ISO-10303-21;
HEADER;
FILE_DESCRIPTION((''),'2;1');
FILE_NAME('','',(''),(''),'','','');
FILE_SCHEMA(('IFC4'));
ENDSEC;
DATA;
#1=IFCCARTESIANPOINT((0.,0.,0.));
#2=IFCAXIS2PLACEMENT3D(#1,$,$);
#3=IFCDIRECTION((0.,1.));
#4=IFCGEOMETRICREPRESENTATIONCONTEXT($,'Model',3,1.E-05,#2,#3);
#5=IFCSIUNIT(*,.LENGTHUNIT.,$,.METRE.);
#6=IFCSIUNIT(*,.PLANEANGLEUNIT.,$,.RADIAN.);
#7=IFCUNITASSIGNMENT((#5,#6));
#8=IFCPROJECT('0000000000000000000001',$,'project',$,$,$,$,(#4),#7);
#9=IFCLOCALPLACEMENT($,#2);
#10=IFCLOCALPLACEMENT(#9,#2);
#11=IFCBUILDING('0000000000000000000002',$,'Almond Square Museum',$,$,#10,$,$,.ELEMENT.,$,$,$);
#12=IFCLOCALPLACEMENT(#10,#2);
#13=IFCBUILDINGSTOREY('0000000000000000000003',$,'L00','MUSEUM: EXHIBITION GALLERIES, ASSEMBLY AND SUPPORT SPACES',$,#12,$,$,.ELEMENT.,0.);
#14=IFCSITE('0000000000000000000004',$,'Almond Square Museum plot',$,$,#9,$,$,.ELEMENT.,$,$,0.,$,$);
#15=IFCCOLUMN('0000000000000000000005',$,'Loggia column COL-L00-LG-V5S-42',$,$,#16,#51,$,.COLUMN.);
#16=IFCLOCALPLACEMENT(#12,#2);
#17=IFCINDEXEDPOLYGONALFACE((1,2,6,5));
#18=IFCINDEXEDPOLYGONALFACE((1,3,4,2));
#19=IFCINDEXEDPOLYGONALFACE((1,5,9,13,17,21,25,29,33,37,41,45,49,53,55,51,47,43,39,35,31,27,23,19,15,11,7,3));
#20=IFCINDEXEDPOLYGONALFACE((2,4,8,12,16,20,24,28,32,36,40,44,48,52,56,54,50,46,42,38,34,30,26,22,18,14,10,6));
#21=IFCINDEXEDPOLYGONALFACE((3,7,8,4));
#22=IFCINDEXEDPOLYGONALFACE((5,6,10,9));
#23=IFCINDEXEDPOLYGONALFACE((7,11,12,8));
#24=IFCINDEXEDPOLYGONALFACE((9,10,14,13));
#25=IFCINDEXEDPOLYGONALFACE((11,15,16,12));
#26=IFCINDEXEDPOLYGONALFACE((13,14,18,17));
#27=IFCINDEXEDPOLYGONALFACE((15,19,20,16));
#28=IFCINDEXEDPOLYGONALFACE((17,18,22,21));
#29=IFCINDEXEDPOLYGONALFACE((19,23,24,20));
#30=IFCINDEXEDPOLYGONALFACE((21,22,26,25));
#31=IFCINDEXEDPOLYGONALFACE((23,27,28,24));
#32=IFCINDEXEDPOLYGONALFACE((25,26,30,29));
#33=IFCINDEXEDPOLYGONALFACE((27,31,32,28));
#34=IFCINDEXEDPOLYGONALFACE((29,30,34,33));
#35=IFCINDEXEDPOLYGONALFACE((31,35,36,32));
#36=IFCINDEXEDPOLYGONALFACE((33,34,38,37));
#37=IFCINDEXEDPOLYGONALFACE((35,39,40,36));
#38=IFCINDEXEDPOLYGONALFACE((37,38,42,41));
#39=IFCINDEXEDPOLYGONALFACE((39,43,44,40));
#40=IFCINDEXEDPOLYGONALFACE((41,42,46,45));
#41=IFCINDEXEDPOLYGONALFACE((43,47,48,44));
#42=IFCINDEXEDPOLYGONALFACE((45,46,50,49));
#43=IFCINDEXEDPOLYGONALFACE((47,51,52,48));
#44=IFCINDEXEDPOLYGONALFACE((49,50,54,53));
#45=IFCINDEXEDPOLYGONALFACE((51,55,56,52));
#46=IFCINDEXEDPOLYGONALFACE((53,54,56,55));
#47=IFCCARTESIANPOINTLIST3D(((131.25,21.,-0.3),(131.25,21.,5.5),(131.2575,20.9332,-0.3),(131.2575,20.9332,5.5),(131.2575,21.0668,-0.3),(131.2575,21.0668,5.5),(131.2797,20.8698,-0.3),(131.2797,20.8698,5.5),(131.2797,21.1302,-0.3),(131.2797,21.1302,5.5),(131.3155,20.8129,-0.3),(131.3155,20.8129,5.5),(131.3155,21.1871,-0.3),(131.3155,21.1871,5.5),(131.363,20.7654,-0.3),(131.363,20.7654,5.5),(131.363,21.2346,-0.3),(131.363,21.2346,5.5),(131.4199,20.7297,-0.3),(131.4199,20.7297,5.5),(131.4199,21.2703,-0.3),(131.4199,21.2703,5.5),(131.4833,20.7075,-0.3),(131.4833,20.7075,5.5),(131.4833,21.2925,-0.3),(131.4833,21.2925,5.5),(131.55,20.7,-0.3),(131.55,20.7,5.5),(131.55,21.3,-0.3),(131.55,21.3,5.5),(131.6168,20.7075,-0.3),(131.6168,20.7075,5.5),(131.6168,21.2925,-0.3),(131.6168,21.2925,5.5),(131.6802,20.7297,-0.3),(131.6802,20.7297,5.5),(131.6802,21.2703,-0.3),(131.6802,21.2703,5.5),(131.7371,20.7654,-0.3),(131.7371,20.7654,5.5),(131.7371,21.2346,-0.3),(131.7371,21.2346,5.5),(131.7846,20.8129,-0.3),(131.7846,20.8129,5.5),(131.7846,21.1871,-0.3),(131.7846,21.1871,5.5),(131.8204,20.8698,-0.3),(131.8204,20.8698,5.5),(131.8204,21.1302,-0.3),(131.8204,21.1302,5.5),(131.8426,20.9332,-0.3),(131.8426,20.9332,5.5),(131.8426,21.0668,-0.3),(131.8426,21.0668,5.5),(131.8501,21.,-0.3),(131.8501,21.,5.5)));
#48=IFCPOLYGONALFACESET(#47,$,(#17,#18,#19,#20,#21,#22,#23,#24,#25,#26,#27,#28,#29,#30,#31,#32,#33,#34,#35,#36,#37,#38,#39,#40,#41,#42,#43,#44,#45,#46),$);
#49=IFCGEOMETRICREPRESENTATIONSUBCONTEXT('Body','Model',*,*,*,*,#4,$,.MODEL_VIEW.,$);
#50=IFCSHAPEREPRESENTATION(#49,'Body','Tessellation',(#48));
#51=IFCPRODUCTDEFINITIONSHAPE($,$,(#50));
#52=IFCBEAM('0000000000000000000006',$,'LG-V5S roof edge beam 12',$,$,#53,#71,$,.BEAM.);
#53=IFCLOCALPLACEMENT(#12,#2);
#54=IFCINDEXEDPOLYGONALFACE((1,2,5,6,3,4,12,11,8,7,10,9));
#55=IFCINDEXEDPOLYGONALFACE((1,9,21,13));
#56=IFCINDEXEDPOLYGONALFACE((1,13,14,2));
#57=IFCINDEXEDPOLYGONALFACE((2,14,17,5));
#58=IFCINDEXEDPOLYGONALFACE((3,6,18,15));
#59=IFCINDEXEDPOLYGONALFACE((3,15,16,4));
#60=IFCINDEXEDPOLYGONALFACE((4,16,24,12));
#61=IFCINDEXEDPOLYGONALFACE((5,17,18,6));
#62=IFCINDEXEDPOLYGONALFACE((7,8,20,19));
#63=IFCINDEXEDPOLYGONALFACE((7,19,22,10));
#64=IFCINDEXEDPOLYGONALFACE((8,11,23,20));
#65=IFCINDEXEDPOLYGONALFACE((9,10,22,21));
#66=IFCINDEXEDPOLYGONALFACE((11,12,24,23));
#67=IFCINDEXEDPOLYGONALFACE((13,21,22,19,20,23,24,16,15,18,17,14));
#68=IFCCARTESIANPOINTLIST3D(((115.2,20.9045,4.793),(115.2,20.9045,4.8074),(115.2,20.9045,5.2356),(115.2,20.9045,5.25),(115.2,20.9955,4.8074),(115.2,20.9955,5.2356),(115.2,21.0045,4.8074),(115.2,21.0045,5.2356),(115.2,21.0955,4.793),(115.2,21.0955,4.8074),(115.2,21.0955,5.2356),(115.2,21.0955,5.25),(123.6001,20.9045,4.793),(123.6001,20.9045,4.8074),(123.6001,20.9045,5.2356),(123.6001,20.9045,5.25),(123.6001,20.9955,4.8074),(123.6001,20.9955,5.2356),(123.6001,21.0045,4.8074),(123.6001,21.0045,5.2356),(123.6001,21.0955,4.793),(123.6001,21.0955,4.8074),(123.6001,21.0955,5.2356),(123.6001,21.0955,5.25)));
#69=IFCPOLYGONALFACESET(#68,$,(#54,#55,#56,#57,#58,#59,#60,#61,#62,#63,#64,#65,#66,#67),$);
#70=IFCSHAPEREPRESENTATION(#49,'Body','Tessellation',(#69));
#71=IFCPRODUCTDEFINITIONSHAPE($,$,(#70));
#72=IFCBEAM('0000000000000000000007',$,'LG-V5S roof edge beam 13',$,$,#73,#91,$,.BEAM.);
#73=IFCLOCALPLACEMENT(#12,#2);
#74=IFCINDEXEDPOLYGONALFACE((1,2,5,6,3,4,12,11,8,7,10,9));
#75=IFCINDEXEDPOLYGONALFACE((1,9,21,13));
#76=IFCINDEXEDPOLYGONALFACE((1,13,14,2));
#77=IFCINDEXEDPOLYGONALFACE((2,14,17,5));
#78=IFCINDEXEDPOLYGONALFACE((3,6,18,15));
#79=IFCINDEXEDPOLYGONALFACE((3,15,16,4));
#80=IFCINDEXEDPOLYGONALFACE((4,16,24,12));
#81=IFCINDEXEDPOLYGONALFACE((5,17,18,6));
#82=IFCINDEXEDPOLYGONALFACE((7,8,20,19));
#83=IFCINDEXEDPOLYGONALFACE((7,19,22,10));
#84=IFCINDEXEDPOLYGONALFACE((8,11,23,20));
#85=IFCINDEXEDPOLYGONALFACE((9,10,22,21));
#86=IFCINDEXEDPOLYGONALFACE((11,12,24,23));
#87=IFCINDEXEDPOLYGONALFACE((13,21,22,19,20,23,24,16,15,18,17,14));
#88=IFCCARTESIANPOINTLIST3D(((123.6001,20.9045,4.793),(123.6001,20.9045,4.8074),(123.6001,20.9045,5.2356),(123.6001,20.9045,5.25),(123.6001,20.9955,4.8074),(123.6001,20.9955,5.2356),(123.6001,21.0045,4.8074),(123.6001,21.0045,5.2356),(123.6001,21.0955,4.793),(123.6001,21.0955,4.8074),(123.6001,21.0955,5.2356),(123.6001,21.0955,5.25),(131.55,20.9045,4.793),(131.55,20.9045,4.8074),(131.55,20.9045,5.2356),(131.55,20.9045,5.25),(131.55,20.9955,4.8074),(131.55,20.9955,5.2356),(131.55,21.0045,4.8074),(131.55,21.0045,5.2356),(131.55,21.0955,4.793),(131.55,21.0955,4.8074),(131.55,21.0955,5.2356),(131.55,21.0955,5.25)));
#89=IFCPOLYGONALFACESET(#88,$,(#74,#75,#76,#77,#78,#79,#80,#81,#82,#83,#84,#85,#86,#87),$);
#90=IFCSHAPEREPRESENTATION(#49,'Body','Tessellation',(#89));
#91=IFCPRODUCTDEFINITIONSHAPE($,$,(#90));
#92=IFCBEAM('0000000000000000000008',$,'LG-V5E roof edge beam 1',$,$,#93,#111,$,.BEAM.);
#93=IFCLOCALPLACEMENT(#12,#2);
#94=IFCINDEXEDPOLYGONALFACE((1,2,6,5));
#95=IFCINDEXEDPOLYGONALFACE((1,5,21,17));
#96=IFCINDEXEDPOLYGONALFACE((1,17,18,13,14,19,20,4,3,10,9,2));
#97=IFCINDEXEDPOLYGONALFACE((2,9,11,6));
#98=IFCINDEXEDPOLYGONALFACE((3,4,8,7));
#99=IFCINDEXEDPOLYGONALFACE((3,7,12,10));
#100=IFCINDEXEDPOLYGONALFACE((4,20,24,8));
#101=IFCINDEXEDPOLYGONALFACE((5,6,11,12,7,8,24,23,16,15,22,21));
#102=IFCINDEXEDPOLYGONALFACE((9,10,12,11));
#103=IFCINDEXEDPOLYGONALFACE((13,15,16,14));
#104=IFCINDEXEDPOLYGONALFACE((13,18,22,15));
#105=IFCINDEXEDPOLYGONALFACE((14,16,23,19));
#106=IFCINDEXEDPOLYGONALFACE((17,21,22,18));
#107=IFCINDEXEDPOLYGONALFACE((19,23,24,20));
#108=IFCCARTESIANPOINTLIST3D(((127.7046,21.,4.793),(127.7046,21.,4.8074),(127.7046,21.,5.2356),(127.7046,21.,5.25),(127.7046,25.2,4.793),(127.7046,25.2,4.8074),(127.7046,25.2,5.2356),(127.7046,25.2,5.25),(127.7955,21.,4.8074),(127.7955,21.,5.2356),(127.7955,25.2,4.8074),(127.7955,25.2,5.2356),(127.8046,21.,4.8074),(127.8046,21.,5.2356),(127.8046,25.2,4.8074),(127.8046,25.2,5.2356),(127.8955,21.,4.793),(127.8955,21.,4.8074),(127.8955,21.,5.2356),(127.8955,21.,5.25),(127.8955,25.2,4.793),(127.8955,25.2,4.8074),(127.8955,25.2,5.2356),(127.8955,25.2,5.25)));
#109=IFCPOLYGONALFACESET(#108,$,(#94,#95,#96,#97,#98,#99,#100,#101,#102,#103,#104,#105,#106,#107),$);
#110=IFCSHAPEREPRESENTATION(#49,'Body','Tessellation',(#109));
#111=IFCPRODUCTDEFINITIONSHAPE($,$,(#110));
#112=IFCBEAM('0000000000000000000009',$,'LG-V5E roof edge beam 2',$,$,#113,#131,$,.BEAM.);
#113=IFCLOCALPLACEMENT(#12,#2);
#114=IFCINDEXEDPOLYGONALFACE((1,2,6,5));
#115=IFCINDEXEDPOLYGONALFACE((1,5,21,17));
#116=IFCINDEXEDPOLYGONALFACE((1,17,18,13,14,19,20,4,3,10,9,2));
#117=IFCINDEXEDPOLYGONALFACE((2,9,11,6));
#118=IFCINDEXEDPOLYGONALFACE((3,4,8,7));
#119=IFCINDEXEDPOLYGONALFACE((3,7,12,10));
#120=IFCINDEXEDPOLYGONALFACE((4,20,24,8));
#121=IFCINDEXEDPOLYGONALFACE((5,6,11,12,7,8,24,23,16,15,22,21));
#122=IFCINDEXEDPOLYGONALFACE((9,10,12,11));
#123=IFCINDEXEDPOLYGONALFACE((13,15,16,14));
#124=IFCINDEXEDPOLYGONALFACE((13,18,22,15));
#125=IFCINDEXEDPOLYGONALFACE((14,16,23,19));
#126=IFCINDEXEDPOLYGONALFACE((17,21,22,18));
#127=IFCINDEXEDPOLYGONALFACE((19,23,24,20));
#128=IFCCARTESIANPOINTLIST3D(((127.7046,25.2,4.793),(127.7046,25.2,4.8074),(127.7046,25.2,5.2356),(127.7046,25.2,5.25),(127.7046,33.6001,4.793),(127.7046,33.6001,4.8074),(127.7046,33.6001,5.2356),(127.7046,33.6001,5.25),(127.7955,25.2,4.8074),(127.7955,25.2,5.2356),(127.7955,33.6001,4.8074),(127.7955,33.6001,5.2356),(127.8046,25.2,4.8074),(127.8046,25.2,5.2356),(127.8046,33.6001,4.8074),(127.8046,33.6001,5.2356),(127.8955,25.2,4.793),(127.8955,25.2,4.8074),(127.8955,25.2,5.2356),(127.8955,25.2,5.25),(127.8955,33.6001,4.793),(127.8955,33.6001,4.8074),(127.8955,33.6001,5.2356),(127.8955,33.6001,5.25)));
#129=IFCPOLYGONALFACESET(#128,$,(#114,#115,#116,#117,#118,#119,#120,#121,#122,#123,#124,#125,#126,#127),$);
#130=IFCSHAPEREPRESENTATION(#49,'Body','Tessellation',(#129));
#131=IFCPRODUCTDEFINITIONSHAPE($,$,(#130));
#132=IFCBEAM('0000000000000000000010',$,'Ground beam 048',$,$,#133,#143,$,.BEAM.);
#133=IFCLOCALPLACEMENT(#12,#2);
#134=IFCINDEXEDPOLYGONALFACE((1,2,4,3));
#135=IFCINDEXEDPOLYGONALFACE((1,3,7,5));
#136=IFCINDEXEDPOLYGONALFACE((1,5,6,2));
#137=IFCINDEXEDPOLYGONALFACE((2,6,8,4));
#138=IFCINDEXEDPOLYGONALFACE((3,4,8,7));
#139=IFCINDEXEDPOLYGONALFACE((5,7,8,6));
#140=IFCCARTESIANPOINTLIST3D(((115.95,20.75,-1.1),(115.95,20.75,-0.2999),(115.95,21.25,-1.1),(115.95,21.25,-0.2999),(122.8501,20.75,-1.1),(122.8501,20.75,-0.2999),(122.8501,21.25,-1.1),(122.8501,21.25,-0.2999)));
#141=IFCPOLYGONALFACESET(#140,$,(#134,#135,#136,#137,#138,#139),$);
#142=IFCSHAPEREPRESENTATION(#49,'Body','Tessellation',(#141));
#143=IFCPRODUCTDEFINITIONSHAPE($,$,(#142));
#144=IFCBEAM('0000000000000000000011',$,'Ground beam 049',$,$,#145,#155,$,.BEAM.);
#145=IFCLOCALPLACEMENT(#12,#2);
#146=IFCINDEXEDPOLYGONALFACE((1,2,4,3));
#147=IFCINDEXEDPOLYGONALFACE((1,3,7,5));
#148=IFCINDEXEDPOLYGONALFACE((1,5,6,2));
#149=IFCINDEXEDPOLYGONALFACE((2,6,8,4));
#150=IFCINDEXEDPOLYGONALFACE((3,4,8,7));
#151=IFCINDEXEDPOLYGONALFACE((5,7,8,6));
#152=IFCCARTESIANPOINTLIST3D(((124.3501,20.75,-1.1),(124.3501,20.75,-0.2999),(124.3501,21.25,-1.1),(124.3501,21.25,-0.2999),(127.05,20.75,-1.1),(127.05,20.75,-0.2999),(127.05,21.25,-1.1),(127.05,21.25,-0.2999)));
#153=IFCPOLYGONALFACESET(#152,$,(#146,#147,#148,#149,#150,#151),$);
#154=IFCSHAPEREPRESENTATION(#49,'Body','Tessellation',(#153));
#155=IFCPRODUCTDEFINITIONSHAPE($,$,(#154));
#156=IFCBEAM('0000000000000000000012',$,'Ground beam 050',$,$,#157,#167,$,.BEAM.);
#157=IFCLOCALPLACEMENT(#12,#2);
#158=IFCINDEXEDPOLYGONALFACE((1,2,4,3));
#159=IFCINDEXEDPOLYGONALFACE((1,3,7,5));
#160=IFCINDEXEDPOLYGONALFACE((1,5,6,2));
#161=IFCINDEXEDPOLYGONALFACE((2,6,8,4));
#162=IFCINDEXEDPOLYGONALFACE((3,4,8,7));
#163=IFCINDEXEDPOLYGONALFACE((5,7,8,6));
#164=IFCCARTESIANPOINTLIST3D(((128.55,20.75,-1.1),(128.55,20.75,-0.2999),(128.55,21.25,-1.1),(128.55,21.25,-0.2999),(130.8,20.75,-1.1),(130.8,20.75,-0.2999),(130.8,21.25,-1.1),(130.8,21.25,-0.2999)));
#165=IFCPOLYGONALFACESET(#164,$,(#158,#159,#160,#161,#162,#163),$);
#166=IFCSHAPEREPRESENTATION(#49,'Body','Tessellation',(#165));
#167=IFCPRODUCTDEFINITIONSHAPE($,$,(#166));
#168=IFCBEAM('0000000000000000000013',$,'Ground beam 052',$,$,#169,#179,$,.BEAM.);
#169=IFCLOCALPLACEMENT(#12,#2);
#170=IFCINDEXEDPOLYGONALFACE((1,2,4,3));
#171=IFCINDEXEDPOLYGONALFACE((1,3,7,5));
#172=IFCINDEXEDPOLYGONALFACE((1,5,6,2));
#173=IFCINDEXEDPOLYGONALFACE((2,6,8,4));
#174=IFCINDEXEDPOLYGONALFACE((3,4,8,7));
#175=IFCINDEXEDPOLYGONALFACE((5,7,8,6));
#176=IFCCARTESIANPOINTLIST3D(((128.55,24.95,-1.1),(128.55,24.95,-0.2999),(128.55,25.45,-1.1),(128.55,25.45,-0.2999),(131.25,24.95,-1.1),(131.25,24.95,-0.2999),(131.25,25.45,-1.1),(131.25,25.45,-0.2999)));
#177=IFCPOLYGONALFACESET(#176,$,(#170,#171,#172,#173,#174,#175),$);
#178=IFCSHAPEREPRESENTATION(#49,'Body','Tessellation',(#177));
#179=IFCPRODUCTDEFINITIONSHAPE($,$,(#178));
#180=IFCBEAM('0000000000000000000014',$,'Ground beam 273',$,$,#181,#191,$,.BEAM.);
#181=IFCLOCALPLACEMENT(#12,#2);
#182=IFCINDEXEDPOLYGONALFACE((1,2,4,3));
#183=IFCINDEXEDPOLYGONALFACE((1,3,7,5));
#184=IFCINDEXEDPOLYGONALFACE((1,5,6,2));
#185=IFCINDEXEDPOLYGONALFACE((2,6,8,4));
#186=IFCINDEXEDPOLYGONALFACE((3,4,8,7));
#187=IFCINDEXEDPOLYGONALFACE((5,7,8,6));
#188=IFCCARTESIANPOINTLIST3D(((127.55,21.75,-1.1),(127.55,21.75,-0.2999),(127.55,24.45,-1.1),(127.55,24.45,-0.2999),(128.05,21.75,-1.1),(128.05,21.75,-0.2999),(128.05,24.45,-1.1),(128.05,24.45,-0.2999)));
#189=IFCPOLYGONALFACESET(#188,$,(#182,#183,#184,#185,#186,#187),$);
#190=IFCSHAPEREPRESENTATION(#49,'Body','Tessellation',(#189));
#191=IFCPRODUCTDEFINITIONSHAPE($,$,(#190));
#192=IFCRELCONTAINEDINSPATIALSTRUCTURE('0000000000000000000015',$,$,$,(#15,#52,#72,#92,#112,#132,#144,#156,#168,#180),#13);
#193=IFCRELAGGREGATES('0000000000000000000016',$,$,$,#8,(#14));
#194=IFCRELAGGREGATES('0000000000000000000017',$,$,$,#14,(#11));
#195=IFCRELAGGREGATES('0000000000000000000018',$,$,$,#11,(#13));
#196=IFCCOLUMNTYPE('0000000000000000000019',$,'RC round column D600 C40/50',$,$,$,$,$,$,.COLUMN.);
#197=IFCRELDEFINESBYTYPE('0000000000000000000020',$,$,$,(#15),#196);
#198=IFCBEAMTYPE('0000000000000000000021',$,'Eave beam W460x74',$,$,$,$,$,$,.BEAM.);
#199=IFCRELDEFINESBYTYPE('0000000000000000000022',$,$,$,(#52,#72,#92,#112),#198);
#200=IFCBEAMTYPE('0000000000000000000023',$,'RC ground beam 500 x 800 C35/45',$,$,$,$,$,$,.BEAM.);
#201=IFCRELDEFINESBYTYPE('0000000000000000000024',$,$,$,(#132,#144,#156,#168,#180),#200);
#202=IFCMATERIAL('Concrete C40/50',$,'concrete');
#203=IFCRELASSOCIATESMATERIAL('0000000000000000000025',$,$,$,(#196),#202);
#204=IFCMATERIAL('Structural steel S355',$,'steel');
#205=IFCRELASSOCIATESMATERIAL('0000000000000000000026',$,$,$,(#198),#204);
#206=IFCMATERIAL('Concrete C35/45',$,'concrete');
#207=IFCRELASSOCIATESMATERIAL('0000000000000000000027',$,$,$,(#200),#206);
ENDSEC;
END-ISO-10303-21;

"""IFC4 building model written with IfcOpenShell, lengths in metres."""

from ifc_helpers import new_model, si_unit, direction, frame, origin, origin_2d, place, context, subcontext, project, spatial, rectangle, circle, i_section, extrude, material, material_profile, profile_set, type_object, element, save


model = new_model("IFC4")

# Units and contexts
model_context = context("Model", 3, precision=1e-05, world=origin(), true_north=direction((0.0, 1.0)))
body_context = subcontext(model_context, "Body", "Model", "MODEL_VIEW")
ifc_project = project(units=[si_unit("LENGTHUNIT", "METRE"), si_unit("PLANEANGLEUNIT", "RADIAN")], contexts=[model_context])

# Site, building, storey
site_placement = place(None, origin())
site = spatial("IfcSite", under=ifc_project, at=site_placement, Name="Almond Square Museum plot", CompositionType="ELEMENT", RefElevation=0.0)
building_placement = place(site_placement, origin())
building = spatial("IfcBuilding", under=site, at=building_placement, Name="Almond Square Museum", CompositionType="ELEMENT")
storey_placement = place(building_placement, origin())
storey = spatial("IfcBuildingStorey", under=building, at=storey_placement, Name="L00", Description="MUSEUM: EXHIBITION GALLERIES, ASSEMBLY AND SUPPORT SPACES", CompositionType="ELEMENT", Elevation=0.0)

# Column
ifc_material_1 = material(Name="Concrete C40/50", Category="concrete")
ifc_material_profile_1 = material_profile(ifc_material_1, circle(Radius=0.3, at=origin_2d()))
ifc_profile_set_1 = profile_set([ifc_material_profile_1], Name="Concrete C40/50")
column_type = type_object("IfcColumnType", Name="RC round column D600 C40/50", PredefinedType="COLUMN", material=ifc_profile_set_1)
for number, where, z_axis, x_axis, name in (
    (1, (131.55, 21.0, -0.3), (0.0, 0.0, 1.0), (1.0, 0.0, 0.0), "Loggia column COL-L00-LG-V5S-42"),
):
    element("IfcColumn", number, at=place(storey_placement, frame(where, z_axis=z_axis, x_axis=x_axis)), inside=storey, type_object=column_type, Name=name, PredefinedType="COLUMN", context=body_context, shape_type="SweptSolid", body=[
        extrude(circle(Radius=0.3, at=origin_2d()), origin(), (0.0, 0.0, 1.0), 5.8),
    ])

# Beams
ifc_material_2 = material(Name="Structural steel S355", Category="steel")
ifc_material_profile_2 = material_profile(ifc_material_2, i_section(OverallWidth=0.1909, OverallDepth=0.457, WebThickness=0.009, FlangeThickness=0.0144, at=origin_2d()))
ifc_profile_set_2 = profile_set([ifc_material_profile_2], Name="Structural steel S355")
beam_type_1 = type_object("IfcBeamType", Name="Eave beam W460x74", PredefinedType="BEAM", material=ifc_profile_set_2)
beam_1_placement = place(storey_placement, frame((115.2, 21.0, 5.0215), z_axis=(1.0, 0.0, 0.0), x_axis=(0.0, 1.0, 0.0)))
element("IfcBeam", 2, at=beam_1_placement, inside=storey, type_object=beam_type_1, Name="LG-V5S roof edge beam 12", PredefinedType="BEAM", context=body_context, shape_type="SweptSolid", body=[
    extrude(i_section(OverallWidth=0.1909, OverallDepth=0.457, WebThickness=0.009, FlangeThickness=0.0144, at=origin_2d()), origin(), (0.0, 0.0, 1.0), 8.4001),
])
beam_2_placement = place(storey_placement, frame((123.6001, 21.0, 5.0215), z_axis=(1.0, 0.0, 0.0), x_axis=(0.0, 1.0, 0.0)))
element("IfcBeam", 3, at=beam_2_placement, inside=storey, type_object=beam_type_1, Name="LG-V5S roof edge beam 13", PredefinedType="BEAM", context=body_context, shape_type="SweptSolid", body=[
    extrude(i_section(OverallWidth=0.1909, OverallDepth=0.457, WebThickness=0.009, FlangeThickness=0.0144, at=origin_2d()), origin(), (0.0, 0.0, 1.0), 7.95),
])
beam_3_placement = place(storey_placement, frame((127.8, 21.0, 5.0215), z_axis=(0.0, 1.0, 0.0), x_axis=(-1.0, 0.0, 0.0)))
element("IfcBeam", 4, at=beam_3_placement, inside=storey, type_object=beam_type_1, Name="LG-V5E roof edge beam 1", PredefinedType="BEAM", context=body_context, shape_type="SweptSolid", body=[
    extrude(i_section(OverallWidth=0.1909, OverallDepth=0.457, WebThickness=0.009, FlangeThickness=0.0144, at=origin_2d()), origin(), (0.0, 0.0, 1.0), 4.2),
])
beam_4_placement = place(storey_placement, frame((127.8, 25.2, 5.0215), z_axis=(0.0, 1.0, 0.0), x_axis=(-1.0, 0.0, 0.0)))
element("IfcBeam", 5, at=beam_4_placement, inside=storey, type_object=beam_type_1, Name="LG-V5E roof edge beam 2", PredefinedType="BEAM", context=body_context, shape_type="SweptSolid", body=[
    extrude(i_section(OverallWidth=0.1909, OverallDepth=0.457, WebThickness=0.009, FlangeThickness=0.0144, at=origin_2d()), origin(), (0.0, 0.0, 1.0), 8.4001),
])
ifc_material_3 = material(Name="Concrete C35/45", Category="concrete")
ifc_material_profile_3 = material_profile(ifc_material_3, rectangle(XDim=0.5, YDim=0.8, at=origin_2d()))
ifc_profile_set_3 = profile_set([ifc_material_profile_3], Name="Concrete C35/45")
beam_type_2 = type_object("IfcBeamType", Name="RC ground beam 500 x 800 C35/45", PredefinedType="BEAM", material=ifc_profile_set_3)
beam_5_placement = place(storey_placement, frame((115.95, 21.0, -0.7), z_axis=(1.0, 0.0, 0.0), x_axis=(0.0, 1.0, 0.0)))
element("IfcBeam", 6, at=beam_5_placement, inside=storey, type_object=beam_type_2, Name="Ground beam 048", PredefinedType="BEAM", context=body_context, shape_type="SweptSolid", body=[
    extrude(rectangle(XDim=0.5, YDim=0.8, at=origin_2d()), origin(), (0.0, 0.0, 1.0), 6.9001),
])
beam_6_placement = place(storey_placement, frame((124.3501, 21.0, -0.7), z_axis=(1.0, 0.0, 0.0), x_axis=(0.0, 1.0, 0.0)))
element("IfcBeam", 7, at=beam_6_placement, inside=storey, type_object=beam_type_2, Name="Ground beam 049", PredefinedType="BEAM", context=body_context, shape_type="SweptSolid", body=[
    extrude(rectangle(XDim=0.5, YDim=0.8, at=origin_2d()), origin(), (0.0, 0.0, 1.0), 2.7),
])
beam_7_placement = place(storey_placement, frame((128.55, 21.0, -0.7), z_axis=(1.0, 0.0, 0.0), x_axis=(0.0, 1.0, 0.0)))
element("IfcBeam", 8, at=beam_7_placement, inside=storey, type_object=beam_type_2, Name="Ground beam 050", PredefinedType="BEAM", context=body_context, shape_type="SweptSolid", body=[
    extrude(rectangle(XDim=0.5, YDim=0.8, at=origin_2d()), origin(), (0.0, 0.0, 1.0), 2.25),
])
for number, where, z_axis, x_axis, name in (
    (9, (128.55, 25.2, -0.7), (1.0, 0.0, 0.0), (0.0, 1.0, 0.0), "Ground beam 052"),
    (10, (127.8, 21.75, -0.7), (0.0, 1.0, 0.0), (-1.0, 0.0, 0.0), "Ground beam 273"),
):
    element("IfcBeam", number, at=place(storey_placement, frame(where, z_axis=z_axis, x_axis=x_axis)), inside=storey, type_object=beam_type_2, Name=name, PredefinedType="BEAM", context=body_context, shape_type="SweptSolid", body=[
        extrude(rectangle(XDim=0.5, YDim=0.8, at=origin_2d()), origin(), (0.0, 0.0, 1.0), 2.7),
    ])

save(model, "model.ifc")
